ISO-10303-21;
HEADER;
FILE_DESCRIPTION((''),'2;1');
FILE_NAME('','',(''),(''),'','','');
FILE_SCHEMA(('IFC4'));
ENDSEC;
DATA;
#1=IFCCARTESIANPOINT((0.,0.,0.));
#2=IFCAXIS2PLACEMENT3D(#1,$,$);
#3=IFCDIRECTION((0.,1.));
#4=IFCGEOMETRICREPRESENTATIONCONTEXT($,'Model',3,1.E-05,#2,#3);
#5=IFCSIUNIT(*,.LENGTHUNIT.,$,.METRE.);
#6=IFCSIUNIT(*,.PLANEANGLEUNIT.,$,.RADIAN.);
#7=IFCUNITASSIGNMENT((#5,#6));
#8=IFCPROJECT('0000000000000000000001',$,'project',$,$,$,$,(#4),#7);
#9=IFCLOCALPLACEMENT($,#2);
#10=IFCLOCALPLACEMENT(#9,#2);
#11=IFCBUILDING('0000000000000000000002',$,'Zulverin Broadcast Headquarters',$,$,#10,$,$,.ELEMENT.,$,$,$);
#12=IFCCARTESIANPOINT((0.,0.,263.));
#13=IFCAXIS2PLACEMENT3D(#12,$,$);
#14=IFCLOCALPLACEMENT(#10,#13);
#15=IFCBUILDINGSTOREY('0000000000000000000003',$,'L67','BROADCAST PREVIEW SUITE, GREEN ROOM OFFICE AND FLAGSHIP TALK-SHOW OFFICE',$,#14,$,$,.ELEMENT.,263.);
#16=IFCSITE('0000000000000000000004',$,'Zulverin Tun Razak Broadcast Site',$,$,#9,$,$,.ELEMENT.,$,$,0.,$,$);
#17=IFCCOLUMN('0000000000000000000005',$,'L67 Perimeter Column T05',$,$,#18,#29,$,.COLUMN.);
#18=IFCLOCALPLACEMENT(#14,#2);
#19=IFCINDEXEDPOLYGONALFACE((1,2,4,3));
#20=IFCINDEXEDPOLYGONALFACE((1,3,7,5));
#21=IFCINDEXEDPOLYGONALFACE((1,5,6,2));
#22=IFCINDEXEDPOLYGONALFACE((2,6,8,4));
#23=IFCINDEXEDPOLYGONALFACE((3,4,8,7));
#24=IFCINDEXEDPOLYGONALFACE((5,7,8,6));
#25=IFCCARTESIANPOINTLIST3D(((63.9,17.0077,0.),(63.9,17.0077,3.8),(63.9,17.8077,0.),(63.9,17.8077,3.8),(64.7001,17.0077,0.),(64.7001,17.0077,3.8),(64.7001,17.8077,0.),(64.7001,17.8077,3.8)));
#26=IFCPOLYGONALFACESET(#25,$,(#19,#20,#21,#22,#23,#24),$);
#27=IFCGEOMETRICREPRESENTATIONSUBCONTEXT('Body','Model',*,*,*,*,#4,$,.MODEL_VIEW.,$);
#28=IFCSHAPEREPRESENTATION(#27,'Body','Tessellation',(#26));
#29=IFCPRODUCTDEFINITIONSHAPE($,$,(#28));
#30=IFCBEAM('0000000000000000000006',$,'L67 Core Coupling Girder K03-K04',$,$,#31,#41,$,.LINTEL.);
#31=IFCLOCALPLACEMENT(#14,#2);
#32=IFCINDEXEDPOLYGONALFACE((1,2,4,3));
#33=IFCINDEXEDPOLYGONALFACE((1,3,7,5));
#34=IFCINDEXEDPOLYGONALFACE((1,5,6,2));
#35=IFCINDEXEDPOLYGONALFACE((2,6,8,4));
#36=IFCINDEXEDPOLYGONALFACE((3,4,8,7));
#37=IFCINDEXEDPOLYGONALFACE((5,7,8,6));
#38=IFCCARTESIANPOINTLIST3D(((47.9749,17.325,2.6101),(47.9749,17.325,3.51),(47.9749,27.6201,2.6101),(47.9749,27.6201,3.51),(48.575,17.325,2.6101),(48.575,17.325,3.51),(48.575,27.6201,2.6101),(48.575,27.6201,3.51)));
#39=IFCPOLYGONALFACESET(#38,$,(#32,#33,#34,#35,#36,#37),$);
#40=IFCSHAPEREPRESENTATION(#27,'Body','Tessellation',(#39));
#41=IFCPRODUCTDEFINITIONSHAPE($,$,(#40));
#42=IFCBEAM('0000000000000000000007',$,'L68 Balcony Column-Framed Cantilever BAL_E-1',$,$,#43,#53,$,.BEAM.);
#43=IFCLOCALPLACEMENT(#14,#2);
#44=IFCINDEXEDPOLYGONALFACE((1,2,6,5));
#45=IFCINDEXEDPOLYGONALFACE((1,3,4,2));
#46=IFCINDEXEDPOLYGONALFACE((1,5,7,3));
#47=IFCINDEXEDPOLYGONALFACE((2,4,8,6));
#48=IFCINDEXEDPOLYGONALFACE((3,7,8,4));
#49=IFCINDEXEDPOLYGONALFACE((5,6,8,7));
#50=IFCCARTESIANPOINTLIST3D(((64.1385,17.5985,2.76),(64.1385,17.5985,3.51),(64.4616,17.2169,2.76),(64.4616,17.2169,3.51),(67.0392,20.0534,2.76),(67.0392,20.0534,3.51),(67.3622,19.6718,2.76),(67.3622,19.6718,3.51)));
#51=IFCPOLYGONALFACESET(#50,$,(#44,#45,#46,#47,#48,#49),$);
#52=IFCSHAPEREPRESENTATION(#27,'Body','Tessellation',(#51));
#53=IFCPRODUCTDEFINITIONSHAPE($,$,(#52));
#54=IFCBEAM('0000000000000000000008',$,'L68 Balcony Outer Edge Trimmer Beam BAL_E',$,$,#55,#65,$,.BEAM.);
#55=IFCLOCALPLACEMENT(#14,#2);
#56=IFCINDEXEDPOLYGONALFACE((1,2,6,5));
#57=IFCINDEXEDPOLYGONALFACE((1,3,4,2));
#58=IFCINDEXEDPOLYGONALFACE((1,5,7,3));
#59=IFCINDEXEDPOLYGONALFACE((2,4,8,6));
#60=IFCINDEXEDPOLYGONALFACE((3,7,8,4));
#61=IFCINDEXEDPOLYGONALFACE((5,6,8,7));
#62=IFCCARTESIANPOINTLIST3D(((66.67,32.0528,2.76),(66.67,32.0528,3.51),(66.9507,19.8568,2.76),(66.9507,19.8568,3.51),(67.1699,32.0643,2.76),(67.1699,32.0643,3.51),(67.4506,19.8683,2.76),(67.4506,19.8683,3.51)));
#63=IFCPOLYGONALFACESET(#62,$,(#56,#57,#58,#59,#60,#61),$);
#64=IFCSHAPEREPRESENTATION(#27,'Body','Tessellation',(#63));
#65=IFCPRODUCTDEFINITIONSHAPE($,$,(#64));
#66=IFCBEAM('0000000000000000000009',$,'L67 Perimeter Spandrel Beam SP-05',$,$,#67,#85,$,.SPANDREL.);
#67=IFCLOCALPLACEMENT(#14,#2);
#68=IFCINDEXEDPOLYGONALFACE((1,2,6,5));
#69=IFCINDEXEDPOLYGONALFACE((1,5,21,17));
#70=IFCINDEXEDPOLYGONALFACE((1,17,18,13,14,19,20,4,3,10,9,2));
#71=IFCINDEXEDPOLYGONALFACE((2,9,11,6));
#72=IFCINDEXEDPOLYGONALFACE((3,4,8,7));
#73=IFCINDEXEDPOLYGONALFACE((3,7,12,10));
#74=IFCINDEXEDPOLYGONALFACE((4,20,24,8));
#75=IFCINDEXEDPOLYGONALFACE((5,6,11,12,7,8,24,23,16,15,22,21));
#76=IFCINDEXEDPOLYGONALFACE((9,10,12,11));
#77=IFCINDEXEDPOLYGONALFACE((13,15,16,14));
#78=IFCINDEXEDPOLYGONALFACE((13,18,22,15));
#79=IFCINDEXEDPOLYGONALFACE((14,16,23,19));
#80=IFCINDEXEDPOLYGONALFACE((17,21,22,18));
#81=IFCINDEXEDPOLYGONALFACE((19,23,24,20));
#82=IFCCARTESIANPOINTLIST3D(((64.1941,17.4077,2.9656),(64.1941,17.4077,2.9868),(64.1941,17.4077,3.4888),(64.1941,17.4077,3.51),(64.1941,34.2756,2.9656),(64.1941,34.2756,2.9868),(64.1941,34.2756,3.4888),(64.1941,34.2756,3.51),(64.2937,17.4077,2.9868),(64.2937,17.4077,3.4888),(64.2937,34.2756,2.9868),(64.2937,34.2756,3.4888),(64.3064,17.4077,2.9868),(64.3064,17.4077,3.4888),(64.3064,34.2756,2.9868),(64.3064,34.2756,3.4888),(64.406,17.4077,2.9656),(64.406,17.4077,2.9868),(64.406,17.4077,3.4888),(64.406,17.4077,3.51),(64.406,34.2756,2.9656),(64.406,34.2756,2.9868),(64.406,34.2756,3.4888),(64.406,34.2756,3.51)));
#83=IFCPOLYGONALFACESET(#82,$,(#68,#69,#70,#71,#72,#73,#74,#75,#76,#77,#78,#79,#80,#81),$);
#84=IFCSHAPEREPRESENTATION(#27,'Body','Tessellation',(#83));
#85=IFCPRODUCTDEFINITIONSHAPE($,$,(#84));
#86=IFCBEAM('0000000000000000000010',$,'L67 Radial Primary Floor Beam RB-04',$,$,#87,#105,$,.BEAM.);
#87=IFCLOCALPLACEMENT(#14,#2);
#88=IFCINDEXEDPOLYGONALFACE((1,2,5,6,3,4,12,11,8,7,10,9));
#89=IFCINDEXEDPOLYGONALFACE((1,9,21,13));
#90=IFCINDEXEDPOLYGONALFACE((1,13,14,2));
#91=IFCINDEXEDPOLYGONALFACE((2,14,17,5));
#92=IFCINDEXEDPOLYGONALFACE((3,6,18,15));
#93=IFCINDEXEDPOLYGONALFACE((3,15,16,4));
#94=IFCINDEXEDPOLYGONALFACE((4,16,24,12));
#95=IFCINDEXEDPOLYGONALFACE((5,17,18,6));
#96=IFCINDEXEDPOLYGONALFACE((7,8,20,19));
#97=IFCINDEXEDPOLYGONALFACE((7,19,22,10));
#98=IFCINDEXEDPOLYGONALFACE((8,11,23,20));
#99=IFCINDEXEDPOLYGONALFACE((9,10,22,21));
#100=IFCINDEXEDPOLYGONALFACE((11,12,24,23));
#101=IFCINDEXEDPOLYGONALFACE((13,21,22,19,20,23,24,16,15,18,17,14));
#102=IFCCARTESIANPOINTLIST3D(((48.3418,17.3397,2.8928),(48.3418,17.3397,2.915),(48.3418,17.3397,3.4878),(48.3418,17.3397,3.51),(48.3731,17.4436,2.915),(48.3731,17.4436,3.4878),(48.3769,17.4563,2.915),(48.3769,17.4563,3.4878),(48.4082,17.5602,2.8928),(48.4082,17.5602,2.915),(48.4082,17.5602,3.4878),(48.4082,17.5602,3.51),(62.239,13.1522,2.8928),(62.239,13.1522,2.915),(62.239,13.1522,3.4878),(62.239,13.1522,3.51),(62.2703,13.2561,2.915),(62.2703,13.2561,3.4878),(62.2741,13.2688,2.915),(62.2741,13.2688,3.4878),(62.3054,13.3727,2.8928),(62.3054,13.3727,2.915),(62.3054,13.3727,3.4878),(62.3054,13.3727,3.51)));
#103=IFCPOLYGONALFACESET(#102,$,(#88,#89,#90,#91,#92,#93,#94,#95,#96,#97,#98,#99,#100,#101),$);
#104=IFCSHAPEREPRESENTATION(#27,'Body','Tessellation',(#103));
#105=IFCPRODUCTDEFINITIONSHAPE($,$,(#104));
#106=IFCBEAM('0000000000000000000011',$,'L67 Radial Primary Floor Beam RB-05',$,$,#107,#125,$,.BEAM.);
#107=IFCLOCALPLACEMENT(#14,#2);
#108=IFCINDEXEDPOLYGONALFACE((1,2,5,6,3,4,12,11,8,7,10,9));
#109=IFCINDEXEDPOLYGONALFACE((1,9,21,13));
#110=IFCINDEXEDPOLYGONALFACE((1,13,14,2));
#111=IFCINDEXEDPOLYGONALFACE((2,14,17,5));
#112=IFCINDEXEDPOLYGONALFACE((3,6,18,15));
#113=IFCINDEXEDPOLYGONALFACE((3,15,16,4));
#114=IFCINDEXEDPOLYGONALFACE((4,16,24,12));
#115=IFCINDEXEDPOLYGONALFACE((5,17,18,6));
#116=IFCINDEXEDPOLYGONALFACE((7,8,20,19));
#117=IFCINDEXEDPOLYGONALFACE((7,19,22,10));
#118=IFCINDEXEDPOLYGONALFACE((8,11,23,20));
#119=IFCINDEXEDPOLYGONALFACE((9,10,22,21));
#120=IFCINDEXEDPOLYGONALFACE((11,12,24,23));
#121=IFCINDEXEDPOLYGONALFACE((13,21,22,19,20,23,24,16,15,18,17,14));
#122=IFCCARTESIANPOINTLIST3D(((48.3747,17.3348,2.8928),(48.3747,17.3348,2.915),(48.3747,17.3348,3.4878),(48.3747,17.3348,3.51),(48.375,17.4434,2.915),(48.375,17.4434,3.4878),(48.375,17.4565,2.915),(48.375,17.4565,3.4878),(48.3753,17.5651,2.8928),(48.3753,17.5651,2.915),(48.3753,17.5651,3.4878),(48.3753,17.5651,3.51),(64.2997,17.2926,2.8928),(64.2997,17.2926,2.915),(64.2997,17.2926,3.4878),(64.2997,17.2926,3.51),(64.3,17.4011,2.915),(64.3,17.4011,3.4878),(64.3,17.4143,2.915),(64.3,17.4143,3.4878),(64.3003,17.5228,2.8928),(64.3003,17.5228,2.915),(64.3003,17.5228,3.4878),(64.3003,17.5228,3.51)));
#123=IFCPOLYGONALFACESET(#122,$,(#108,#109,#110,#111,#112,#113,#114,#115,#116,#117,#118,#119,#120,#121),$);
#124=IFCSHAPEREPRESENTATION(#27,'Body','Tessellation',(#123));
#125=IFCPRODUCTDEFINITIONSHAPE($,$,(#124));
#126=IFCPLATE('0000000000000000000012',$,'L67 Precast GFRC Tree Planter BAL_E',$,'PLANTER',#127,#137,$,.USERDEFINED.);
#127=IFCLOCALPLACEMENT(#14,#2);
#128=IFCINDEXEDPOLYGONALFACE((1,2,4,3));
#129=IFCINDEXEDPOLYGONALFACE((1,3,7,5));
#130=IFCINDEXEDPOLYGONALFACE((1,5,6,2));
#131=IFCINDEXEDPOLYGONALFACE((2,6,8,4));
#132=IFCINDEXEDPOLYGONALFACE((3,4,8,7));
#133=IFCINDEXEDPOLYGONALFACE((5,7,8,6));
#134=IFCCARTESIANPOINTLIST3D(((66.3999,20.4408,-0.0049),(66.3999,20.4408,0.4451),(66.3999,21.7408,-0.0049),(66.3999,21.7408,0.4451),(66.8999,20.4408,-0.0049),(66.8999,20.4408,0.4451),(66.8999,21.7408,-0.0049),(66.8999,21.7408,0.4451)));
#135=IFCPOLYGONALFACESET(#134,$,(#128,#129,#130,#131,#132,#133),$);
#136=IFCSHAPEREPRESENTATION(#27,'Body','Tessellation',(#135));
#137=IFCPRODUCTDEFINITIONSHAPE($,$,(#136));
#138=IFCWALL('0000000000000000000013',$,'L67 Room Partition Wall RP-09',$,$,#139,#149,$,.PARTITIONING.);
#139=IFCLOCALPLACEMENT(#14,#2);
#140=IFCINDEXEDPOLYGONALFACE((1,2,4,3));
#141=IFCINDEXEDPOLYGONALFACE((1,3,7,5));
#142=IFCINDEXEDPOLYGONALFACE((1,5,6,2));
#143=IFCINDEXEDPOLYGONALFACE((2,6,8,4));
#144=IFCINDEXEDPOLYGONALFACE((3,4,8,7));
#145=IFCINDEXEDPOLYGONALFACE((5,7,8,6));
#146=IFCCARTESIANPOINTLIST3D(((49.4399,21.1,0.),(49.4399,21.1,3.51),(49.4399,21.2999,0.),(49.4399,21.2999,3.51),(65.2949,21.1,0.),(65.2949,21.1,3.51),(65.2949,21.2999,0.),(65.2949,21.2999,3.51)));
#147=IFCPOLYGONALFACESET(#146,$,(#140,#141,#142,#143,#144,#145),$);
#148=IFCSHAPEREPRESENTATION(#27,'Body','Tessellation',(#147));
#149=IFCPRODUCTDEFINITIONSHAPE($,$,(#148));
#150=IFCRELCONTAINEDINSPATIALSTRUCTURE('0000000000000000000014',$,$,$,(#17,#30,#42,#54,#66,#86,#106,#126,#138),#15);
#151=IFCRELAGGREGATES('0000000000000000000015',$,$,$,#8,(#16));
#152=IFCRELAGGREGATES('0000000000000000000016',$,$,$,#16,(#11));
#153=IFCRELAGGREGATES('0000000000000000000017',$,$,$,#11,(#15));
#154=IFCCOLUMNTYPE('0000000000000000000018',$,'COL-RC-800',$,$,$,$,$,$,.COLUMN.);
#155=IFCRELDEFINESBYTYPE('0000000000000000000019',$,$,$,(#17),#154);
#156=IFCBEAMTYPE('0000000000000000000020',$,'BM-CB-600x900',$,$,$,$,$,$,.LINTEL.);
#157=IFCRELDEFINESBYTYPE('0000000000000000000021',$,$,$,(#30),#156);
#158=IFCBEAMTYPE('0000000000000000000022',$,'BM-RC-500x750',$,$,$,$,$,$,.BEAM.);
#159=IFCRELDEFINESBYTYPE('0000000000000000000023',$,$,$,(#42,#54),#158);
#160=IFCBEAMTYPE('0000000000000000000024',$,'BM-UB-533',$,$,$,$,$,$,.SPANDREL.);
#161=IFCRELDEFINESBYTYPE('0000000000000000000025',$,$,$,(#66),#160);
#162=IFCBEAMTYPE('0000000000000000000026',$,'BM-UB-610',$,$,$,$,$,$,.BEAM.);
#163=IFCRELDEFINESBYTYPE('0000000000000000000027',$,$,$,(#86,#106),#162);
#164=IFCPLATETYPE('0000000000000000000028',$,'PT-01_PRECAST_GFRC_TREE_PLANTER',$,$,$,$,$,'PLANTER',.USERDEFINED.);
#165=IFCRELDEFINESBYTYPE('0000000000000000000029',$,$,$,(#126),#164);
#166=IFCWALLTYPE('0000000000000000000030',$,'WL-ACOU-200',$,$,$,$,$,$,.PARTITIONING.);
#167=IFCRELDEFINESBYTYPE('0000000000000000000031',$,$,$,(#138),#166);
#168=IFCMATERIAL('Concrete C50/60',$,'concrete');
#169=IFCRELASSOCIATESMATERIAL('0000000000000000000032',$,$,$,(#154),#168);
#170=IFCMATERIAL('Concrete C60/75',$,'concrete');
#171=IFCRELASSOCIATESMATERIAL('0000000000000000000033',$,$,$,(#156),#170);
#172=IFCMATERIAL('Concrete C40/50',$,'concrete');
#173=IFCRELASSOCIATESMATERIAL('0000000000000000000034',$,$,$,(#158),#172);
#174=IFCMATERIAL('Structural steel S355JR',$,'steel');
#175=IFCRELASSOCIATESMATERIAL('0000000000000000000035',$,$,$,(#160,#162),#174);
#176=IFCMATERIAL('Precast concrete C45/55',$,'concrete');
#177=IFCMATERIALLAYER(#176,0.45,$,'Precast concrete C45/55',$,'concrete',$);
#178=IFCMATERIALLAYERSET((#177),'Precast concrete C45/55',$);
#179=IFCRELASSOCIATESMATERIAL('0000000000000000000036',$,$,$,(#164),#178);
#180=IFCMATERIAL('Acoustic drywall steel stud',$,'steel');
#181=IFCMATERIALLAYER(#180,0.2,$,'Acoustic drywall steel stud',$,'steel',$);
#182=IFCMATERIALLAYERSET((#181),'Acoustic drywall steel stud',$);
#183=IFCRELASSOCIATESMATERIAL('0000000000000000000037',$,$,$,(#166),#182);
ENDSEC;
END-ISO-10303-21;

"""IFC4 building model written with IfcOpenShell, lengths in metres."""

from ifc_helpers import new_model, si_unit, direction, frame, frame_2d, origin, origin_2d, place, context, subcontext, project, spatial, rectangle, i_section, extrude, material, layer, layer_set, material_profile, profile_set, type_object, element, save


model = new_model("IFC4")

# Units and contexts
model_context = context("Model", 3, precision=1e-05, world=origin(), true_north=direction((0.0, 1.0)))
body_context = subcontext(model_context, "Body", "Model", "MODEL_VIEW")
ifc_project = project(units=[si_unit("LENGTHUNIT", "METRE"), si_unit("PLANEANGLEUNIT", "RADIAN")], contexts=[model_context])

# Site, building, storey
site_placement = place(None, origin())
site = spatial("IfcSite", under=ifc_project, at=site_placement, Name="Zulverin Tun Razak Broadcast Site", CompositionType="ELEMENT", RefElevation=0.0)
building_placement = place(site_placement, origin())
building = spatial("IfcBuilding", under=site, at=building_placement, Name="Zulverin Broadcast Headquarters", CompositionType="ELEMENT")
storey_placement = place(building_placement, frame((0.0, 0.0, 263.0)))
storey = spatial("IfcBuildingStorey", under=building, at=storey_placement, Name="L67", Description="BROADCAST PREVIEW SUITE, GREEN ROOM OFFICE AND FLAGSHIP TALK-SHOW OFFICE", CompositionType="ELEMENT", Elevation=263.0)

# Column
ifc_material_1 = material(Name="Concrete C50/60", Category="concrete")
ifc_material_profile_1 = material_profile(ifc_material_1, rectangle(XDim=0.8, YDim=0.8, at=origin_2d()), Name="Concrete C50/60", Category="concrete")
ifc_profile_set_1 = profile_set([ifc_material_profile_1], Name="Concrete C50/60")
column_type = type_object("IfcColumnType", Name="COL-RC-800", PredefinedType="COLUMN", material=ifc_profile_set_1)
column_placement = place(storey_placement, frame((64.3, 17.4077, 0.0), z_axis=(0.0, 0.0, 1.0), x_axis=(1.0, 0.0, 0.0)))
element("IfcColumn", 1, at=column_placement, inside=storey, type_object=column_type, Name="L67 Perimeter Column T05", PredefinedType="COLUMN", context=body_context, shape_type="SweptSolid", body=[
    extrude(rectangle(XDim=0.8, YDim=0.8, at=origin_2d()), origin(), (0.0, 0.0, 1.0), 3.8),
])

# Beams
ifc_material_2 = material(Name="Concrete C60/75", Category="concrete")
ifc_material_profile_2 = material_profile(ifc_material_2, rectangle(XDim=0.6001, YDim=0.8999, at=origin_2d()), Name="Concrete C60/75", Category="concrete")
ifc_profile_set_2 = profile_set([ifc_material_profile_2], Name="Concrete C60/75")
beam_type_1 = type_object("IfcBeamType", Name="BM-CB-600x900", PredefinedType="LINTEL", material=ifc_profile_set_2)
beam_1_placement = place(storey_placement, frame((48.2749, 17.325, 3.0601), z_axis=(0.0, 1.0, 0.0), x_axis=(-1.0, 0.0, 0.0)))
element("IfcBeam", 2, at=beam_1_placement, inside=storey, type_object=beam_type_1, Name="L67 Core Coupling Girder K03-K04", PredefinedType="LINTEL", context=body_context, shape_type="SweptSolid", body=[
    extrude(rectangle(XDim=0.6001, YDim=0.8999, at=origin_2d()), origin(), (0.0, 0.0, 1.0), 10.2952),
])
ifc_material_3 = material(Name="Concrete C40/50", Category="concrete")
ifc_material_profile_3 = material_profile(ifc_material_3, rectangle(XDim=0.5, YDim=0.75, at=origin_2d()), Name="Concrete C40/50", Category="concrete")
ifc_profile_set_3 = profile_set([ifc_material_profile_3], Name="Concrete C40/50")
beam_type_2 = type_object("IfcBeamType", Name="BM-RC-500x750", PredefinedType="BEAM", material=ifc_profile_set_3)
beam_2_placement = place(storey_placement, frame((64.3, 17.4077, 3.135), z_axis=(0.763328, 0.646011, 0.0), x_axis=(-0.646011, 0.763328, 0.0)))
element("IfcBeam", 3, at=beam_2_placement, inside=storey, type_object=beam_type_2, Name="L68 Balcony Column-Framed Cantilever BAL_E-1", PredefinedType="BEAM", context=body_context, shape_type="SweptSolid", body=[
    extrude(rectangle(XDim=0.5, YDim=0.75, at=origin_2d()), origin(), (0.0, 0.0, 1.0), 3.8),
])
beam_3_placement = place(storey_placement, frame((67.2007, 19.8625, 3.135), z_axis=(-0.023015, 0.999735, 0.0), x_axis=(-0.999735, -0.023015, 0.0)))
element("IfcBeam", 4, at=beam_3_placement, inside=storey, type_object=beam_type_2, Name="L68 Balcony Outer Edge Trimmer Beam BAL_E", PredefinedType="BEAM", context=body_context, shape_type="SweptSolid", body=[
    extrude(rectangle(XDim=0.5, YDim=0.75, at=origin_2d()), origin(), (0.0, 0.0, 1.0), 12.1992),
])
ifc_material_4 = material(Name="Structural steel S355JR", Category="steel")
ifc_material_profile_4 = material_profile(ifc_material_4, i_section(OverallWidth=0.2119, OverallDepth=0.5444, WebThickness=0.0127, FlangeThickness=0.0212, at=origin_2d()), Name="Structural steel S355JR", Category="steel")
ifc_profile_set_4 = profile_set([ifc_material_profile_4], Name="Structural steel S355JR")
beam_type_3 = type_object("IfcBeamType", Name="BM-UB-533", PredefinedType="SPANDREL", material=ifc_profile_set_4)
beam_4_placement = place(storey_placement, frame((64.3, 17.4077, 3.2378), z_axis=(0.0, 1.0, 0.0), x_axis=(-1.0, 0.0, 0.0)))
element("IfcBeam", 5, at=beam_4_placement, inside=storey, type_object=beam_type_3, Name="L67 Perimeter Spandrel Beam SP-05", PredefinedType="SPANDREL", context=body_context, shape_type="SweptSolid", body=[
    extrude(i_section(OverallWidth=0.2119, OverallDepth=0.5444, WebThickness=0.0127, FlangeThickness=0.0212, at=origin_2d()), origin(), (0.0, 0.0, 1.0), 16.8679),
])
ifc_material_profile_5 = material_profile(ifc_material_4, i_section(OverallWidth=0.2302, OverallDepth=0.6172, WebThickness=0.0132, FlangeThickness=0.0222, at=origin_2d()), Name="Structural steel S355JR", Category="steel")
ifc_profile_set_5 = profile_set([ifc_material_profile_5], Name="Structural steel S355JR")
beam_type_4 = type_object("IfcBeamType", Name="BM-UB-610", PredefinedType="BEAM", material=ifc_profile_set_5)
beam_5_placement = place(storey_placement, frame((48.375, 17.45, 3.2014), z_axis=(0.957478, -0.288507, 0.0), x_axis=(0.288507, 0.957478, 0.0)))
element("IfcBeam", 6, at=beam_5_placement, inside=storey, type_object=beam_type_4, Name="L67 Radial Primary Floor Beam RB-04", PredefinedType="BEAM", context=body_context, shape_type="SweptSolid", body=[
    extrude(i_section(OverallWidth=0.2302, OverallDepth=0.6172, WebThickness=0.0132, FlangeThickness=0.0222, at=origin_2d()), origin(), (0.0, 0.0, 1.0), 14.5144),
])
beam_6_placement = place(storey_placement, frame((48.375, 17.45, 3.2014), z_axis=(0.999996, -0.002652, 0.0), x_axis=(0.002652, 0.999996, 0.0)))
element("IfcBeam", 7, at=beam_6_placement, inside=storey, type_object=beam_type_4, Name="L67 Radial Primary Floor Beam RB-05", PredefinedType="BEAM", context=body_context, shape_type="SweptSolid", body=[
    extrude(i_section(OverallWidth=0.2302, OverallDepth=0.6172, WebThickness=0.0132, FlangeThickness=0.0222, at=origin_2d()), origin(), (0.0, 0.0, 1.0), 15.925),
])

# Plate
ifc_material_5 = material(Name="Precast concrete C45/55", Category="concrete")
ifc_layer_1 = layer(ifc_material_5, 0.45, Name="Precast concrete C45/55", Category="concrete")
ifc_layer_set_1 = layer_set([ifc_layer_1], Name="Precast concrete C45/55")
plate_type = type_object("IfcPlateType", Name="PT-01_PRECAST_GFRC_TREE_PLANTER", ElementType="PLANTER", PredefinedType="USERDEFINED", material=ifc_layer_set_1)
plate_placement = place(storey_placement, frame((66.6499, 21.0908, -0.0049), z_axis=(0.0, 0.0, 1.0), x_axis=(0.0, 1.0, 0.0)))
element("IfcPlate", 8, at=plate_placement, inside=storey, type_object=plate_type, Name="L67 Precast GFRC Tree Planter BAL_E", ObjectType="PLANTER", PredefinedType="USERDEFINED", context=body_context, shape_type="SweptSolid", body=[
    extrude(rectangle(XDim=1.3, YDim=0.5, at=origin_2d()), origin(), (0.0, 0.0, 1.0), 0.45),
])

# Wall
ifc_material_6 = material(Name="Acoustic drywall steel stud", Category="steel")
ifc_layer_2 = layer(ifc_material_6, 0.2, Name="Acoustic drywall steel stud", Category="steel")
ifc_layer_set_2 = layer_set([ifc_layer_2], Name="Acoustic drywall steel stud")
wall_type_1 = type_object("IfcWallType", Name="WL-ACOU-200", PredefinedType="PARTITIONING", material=ifc_layer_set_2)
wall_1_placement = place(storey_placement, frame((49.4399, 21.2, 0.0), z_axis=(0.0, 0.0, 1.0), x_axis=(1.0, 0.0, 0.0)))
element("IfcWall", 9, at=wall_1_placement, inside=storey, type_object=wall_type_1, Name="L67 Room Partition Wall RP-09", PredefinedType="PARTITIONING", context=body_context, shape_type="SweptSolid", body=[
    extrude(rectangle(XDim=15.855, YDim=0.2, at=frame_2d((7.9275, 0.0))), origin(), (0.0, 0.0, 1.0), 3.51),
])

save(model, "model.ifc")
